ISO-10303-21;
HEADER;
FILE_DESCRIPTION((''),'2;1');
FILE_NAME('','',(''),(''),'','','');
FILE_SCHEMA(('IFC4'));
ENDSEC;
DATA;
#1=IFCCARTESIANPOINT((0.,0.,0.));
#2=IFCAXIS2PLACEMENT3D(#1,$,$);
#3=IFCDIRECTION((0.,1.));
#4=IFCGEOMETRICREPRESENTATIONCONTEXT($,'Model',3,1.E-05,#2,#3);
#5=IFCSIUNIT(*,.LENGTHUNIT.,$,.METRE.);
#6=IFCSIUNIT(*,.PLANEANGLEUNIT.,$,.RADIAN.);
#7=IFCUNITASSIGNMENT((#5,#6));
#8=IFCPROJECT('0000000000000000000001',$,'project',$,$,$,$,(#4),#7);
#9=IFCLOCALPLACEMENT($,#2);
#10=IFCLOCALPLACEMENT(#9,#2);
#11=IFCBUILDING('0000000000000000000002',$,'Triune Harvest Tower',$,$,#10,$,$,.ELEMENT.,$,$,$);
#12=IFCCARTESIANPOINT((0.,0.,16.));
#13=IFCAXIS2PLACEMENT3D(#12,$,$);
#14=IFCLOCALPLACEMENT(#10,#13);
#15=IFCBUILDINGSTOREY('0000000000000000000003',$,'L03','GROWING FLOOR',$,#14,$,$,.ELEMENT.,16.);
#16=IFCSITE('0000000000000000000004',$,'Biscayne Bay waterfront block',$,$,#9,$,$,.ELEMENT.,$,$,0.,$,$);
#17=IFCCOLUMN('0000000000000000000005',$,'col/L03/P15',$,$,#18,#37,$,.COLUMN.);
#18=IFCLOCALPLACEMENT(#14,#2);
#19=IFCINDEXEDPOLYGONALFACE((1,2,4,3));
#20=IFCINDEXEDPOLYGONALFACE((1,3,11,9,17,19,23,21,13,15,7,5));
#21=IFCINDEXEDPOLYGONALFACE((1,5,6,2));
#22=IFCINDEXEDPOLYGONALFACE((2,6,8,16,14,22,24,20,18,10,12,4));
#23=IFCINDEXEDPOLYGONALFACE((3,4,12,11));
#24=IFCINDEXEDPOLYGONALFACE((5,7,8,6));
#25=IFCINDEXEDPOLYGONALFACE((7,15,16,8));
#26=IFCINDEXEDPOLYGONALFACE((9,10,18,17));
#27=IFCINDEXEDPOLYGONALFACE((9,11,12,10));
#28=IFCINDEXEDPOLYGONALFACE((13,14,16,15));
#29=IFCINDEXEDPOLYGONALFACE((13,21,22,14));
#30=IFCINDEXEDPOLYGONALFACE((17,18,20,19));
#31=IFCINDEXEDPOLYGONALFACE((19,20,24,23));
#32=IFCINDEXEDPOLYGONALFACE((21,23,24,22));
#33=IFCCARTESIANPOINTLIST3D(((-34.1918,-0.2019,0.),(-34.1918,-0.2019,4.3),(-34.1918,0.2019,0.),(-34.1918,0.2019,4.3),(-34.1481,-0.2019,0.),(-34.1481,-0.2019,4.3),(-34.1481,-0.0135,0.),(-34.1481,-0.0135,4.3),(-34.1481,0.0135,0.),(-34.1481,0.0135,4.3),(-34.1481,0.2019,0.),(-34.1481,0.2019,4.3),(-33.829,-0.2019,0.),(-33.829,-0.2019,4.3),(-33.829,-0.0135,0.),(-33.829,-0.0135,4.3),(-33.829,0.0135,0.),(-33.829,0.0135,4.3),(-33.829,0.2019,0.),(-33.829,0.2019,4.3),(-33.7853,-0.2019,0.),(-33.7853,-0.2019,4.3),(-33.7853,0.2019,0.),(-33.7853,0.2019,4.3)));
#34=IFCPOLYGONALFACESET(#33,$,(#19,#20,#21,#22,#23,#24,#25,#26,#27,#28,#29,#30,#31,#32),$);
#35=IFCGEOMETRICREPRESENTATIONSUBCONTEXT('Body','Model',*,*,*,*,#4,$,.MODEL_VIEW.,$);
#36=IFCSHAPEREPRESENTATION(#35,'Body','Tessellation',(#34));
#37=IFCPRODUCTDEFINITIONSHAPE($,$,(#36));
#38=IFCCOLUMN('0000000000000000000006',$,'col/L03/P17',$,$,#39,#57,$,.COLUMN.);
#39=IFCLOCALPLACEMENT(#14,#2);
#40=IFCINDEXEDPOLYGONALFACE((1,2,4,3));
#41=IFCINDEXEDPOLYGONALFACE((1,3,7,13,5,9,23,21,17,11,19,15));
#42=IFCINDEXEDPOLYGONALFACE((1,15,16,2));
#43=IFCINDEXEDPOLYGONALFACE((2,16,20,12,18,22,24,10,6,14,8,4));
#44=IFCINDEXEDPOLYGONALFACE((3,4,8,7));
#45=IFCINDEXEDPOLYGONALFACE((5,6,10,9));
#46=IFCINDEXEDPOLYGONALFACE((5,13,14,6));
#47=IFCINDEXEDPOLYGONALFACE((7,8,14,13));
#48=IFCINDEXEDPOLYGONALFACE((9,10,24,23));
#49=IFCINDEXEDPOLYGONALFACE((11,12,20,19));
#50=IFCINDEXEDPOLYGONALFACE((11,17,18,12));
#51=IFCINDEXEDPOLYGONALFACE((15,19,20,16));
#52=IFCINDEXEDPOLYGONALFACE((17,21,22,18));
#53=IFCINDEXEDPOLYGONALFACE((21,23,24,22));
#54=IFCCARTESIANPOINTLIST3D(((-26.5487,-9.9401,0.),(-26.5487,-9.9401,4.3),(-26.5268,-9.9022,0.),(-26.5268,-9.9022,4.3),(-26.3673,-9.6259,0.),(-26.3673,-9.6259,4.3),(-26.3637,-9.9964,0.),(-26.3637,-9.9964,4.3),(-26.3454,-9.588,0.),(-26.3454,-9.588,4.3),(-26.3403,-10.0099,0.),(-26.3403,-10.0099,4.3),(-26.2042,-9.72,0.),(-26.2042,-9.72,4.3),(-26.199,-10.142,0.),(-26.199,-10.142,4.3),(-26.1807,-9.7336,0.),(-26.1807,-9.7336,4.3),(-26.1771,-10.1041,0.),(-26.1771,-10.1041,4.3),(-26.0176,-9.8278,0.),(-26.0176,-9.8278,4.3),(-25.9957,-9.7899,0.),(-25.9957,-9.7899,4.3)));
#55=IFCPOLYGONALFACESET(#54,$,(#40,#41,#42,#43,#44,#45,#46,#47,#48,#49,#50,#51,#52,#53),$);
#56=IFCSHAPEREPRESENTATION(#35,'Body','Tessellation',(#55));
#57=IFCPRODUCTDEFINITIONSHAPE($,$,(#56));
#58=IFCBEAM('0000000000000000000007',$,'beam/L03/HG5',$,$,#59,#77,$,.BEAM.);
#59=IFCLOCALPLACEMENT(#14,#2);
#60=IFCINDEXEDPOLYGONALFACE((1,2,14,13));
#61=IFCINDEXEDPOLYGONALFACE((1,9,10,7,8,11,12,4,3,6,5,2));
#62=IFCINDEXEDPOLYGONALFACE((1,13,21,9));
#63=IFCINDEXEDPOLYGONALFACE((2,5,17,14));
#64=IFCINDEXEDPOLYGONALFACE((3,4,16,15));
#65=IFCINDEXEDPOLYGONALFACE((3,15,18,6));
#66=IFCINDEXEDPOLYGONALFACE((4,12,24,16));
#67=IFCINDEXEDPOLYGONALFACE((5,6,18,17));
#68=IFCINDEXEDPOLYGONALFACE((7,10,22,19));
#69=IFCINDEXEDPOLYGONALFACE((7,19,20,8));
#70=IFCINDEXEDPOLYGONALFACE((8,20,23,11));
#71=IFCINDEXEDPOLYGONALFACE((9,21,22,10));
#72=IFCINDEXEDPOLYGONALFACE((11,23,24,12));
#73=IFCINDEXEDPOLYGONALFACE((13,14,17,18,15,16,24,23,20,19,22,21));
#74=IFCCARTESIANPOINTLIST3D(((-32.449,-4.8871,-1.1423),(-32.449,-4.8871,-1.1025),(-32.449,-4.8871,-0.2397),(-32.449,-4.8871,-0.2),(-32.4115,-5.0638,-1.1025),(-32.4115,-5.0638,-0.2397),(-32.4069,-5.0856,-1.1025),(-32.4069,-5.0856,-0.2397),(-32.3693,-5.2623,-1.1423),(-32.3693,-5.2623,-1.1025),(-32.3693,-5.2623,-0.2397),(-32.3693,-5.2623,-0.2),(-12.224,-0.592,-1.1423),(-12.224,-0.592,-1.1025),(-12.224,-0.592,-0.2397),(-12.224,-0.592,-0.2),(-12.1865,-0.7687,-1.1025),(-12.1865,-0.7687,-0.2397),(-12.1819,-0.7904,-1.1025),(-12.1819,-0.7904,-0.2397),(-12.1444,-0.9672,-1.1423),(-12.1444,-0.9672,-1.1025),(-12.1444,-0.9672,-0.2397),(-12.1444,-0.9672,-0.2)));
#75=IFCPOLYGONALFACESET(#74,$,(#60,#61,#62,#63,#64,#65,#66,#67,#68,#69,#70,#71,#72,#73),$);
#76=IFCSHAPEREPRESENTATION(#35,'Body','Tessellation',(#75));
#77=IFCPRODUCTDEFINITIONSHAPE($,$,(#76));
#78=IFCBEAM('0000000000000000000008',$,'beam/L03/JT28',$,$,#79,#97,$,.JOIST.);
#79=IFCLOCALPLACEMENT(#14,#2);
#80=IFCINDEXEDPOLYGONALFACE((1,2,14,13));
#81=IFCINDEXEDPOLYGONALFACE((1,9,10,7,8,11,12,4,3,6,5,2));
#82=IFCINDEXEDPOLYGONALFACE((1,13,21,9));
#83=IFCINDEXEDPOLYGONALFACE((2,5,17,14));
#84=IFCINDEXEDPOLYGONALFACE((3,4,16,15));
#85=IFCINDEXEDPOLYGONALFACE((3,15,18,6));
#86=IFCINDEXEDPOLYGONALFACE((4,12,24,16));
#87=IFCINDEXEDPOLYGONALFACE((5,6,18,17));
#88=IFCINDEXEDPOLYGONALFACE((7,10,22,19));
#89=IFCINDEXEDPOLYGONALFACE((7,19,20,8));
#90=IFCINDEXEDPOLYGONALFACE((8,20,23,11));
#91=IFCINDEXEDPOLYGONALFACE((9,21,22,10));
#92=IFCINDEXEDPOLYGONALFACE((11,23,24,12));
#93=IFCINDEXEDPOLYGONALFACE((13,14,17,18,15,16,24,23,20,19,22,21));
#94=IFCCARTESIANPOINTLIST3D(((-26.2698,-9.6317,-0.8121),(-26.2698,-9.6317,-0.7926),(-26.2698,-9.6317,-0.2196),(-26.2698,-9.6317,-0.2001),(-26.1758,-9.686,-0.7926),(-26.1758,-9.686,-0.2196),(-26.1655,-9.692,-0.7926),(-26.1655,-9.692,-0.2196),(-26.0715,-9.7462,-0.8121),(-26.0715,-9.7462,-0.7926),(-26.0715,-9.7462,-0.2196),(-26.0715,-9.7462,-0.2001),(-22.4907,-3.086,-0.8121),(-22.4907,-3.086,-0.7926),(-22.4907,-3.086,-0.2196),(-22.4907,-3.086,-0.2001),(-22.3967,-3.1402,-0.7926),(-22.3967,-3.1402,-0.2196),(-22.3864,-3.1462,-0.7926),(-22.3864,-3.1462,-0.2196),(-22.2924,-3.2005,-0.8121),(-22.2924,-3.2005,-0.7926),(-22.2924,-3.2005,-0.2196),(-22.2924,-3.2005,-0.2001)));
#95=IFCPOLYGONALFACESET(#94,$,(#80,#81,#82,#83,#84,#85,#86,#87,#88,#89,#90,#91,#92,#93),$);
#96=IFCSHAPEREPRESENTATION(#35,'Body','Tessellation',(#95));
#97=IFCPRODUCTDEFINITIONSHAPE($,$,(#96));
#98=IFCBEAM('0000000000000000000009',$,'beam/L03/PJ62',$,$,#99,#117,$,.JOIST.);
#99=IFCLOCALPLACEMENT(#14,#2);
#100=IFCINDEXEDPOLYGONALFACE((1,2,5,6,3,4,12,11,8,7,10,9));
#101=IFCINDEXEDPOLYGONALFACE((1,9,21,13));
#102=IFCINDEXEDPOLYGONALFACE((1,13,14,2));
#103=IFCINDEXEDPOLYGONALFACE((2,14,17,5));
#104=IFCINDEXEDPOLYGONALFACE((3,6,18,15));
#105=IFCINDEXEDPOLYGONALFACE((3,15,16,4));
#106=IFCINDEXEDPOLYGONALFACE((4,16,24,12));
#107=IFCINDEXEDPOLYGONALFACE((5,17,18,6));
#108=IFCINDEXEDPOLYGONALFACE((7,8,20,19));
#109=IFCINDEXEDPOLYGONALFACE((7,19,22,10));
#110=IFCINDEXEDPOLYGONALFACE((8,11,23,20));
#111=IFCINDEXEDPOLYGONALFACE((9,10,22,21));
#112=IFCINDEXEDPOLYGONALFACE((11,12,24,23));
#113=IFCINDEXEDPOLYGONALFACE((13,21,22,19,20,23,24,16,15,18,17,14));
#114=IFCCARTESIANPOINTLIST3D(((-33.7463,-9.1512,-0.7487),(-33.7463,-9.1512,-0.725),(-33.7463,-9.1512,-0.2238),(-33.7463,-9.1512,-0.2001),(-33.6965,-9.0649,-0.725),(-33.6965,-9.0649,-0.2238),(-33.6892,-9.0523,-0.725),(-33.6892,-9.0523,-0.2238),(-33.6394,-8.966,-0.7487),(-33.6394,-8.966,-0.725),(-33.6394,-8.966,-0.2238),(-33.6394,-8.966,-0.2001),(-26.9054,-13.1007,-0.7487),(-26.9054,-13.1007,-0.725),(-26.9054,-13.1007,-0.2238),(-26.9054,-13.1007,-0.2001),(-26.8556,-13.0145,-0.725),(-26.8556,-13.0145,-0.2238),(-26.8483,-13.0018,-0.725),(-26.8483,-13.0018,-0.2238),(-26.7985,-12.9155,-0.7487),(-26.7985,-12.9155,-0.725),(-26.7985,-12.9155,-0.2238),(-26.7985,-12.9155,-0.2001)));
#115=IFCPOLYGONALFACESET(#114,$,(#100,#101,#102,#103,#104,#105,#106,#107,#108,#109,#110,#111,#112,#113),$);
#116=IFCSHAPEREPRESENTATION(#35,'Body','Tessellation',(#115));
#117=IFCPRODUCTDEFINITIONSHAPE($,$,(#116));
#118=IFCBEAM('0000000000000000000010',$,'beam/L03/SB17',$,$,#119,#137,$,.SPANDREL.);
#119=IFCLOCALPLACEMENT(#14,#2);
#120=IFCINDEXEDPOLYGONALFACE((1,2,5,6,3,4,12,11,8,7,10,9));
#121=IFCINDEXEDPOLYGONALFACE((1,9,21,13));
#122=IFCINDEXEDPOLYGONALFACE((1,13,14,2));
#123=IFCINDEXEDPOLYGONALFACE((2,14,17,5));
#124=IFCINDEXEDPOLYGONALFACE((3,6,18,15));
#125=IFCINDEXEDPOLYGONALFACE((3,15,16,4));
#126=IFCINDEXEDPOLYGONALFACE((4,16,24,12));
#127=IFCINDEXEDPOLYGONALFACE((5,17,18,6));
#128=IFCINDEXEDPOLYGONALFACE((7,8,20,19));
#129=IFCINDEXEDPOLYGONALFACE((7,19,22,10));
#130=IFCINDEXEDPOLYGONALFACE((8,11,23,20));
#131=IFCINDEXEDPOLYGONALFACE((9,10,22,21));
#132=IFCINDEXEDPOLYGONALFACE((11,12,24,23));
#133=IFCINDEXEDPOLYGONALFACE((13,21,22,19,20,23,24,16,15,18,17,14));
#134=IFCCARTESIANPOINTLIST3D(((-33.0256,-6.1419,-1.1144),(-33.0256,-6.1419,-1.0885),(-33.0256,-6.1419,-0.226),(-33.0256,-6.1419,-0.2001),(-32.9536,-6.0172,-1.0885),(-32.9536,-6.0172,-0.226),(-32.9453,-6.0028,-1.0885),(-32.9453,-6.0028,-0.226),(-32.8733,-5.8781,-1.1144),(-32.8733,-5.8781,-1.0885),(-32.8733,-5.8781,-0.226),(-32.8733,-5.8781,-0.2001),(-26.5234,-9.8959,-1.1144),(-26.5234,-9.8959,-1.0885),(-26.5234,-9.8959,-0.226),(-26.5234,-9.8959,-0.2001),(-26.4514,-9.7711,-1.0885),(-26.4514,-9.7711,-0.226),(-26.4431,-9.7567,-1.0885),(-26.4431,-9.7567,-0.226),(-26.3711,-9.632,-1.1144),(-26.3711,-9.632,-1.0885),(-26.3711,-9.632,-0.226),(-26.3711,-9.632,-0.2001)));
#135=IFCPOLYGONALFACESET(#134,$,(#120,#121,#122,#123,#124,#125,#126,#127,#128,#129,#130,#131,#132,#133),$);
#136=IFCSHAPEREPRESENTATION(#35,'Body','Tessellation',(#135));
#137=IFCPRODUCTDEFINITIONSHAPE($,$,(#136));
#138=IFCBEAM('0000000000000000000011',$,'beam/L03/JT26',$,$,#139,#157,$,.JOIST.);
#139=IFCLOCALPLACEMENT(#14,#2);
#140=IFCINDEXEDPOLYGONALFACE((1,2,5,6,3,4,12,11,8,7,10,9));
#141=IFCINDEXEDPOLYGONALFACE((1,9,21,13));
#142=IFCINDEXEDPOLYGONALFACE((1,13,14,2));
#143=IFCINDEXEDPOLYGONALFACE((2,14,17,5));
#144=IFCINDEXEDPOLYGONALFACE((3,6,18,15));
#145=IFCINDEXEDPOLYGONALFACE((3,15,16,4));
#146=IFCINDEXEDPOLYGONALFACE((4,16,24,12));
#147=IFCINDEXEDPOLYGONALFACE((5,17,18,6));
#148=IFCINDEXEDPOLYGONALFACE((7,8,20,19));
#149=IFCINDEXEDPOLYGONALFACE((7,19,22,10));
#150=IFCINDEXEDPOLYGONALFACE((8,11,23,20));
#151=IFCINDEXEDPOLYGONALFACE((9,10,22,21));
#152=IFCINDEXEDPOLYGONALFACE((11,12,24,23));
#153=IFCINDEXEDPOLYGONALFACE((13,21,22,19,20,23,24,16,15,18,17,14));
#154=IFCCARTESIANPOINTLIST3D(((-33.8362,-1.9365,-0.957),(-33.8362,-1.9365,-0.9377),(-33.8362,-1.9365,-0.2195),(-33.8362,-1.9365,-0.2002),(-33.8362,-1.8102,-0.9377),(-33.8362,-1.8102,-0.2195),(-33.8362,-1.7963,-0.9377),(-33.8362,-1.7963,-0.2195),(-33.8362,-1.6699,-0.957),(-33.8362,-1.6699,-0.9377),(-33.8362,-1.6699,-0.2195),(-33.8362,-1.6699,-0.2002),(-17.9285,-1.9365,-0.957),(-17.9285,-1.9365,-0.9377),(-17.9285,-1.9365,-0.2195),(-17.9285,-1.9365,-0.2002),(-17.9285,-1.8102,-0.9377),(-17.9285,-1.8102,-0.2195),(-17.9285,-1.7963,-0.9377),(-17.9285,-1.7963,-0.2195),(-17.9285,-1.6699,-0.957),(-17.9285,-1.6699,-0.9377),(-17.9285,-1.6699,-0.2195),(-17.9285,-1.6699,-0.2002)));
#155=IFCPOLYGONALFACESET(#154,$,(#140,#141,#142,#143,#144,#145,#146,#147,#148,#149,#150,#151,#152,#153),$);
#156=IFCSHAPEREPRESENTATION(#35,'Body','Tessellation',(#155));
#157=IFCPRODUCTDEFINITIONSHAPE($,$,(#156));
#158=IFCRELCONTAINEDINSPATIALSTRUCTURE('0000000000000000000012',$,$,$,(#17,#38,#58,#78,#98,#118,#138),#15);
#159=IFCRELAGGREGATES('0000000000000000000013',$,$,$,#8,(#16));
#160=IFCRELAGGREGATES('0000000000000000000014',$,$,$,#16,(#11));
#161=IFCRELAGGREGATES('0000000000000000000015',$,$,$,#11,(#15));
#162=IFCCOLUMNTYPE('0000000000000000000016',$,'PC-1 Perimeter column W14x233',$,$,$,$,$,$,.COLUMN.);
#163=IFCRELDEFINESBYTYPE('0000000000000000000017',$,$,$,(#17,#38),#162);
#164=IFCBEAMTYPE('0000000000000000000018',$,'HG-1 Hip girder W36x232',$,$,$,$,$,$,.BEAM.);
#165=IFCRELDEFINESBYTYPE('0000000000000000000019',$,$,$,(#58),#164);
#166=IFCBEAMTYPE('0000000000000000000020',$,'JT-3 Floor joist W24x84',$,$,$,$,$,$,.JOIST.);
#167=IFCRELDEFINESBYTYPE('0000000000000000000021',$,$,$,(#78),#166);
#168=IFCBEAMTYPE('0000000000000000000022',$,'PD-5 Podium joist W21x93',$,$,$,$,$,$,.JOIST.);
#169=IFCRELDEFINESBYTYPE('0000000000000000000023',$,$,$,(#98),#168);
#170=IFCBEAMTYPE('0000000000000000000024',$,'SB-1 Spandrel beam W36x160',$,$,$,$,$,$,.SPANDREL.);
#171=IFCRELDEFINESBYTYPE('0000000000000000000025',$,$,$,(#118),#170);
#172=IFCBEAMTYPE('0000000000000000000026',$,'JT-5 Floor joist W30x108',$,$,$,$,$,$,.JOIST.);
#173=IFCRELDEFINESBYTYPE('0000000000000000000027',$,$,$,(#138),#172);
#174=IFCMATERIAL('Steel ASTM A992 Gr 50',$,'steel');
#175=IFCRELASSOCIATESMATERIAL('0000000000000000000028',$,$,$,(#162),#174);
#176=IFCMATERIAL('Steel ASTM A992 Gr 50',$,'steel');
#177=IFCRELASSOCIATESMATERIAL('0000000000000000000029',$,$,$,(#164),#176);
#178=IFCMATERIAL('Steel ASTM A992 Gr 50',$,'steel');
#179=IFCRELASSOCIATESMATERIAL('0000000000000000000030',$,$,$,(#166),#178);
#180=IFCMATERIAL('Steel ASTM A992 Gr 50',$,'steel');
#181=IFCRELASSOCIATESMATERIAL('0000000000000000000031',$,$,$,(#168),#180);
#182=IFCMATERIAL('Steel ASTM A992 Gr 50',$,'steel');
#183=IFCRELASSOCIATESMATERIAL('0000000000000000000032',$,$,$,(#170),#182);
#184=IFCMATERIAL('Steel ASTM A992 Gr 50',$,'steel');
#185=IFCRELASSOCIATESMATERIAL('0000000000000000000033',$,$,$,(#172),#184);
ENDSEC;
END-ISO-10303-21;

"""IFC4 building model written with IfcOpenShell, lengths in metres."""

from ifc_helpers import new_model, si_unit, direction, frame, origin, origin_2d, place, context, subcontext, project, spatial, i_section, extrude, source, transform, mapped, material, material_profile, profile_set, type_object, element, save


model = new_model("IFC4")

# Units and contexts
model_context = context("Model", 3, precision=1e-05, world=origin(), true_north=direction((0.0, 1.0)))
body_context = subcontext(model_context, "Body", "Model", "MODEL_VIEW")
ifc_project = project(units=[si_unit("LENGTHUNIT", "METRE"), si_unit("PLANEANGLEUNIT", "RADIAN")], contexts=[model_context])

# Site, building, storey
site_placement = place(None, origin())
site = spatial("IfcSite", under=ifc_project, at=site_placement, Name="Biscayne Bay waterfront block", CompositionType="ELEMENT", RefElevation=0.0)
building_placement = place(site_placement, origin())
building = spatial("IfcBuilding", under=site, at=building_placement, Name="Triune Harvest Tower", CompositionType="ELEMENT")
storey_placement = place(building_placement, frame((0.0, 0.0, 16.0)))
storey = spatial("IfcBuildingStorey", under=building, at=storey_placement, Name="L03", Description="GROWING FLOOR", CompositionType="ELEMENT", Elevation=16.0)

# Columns
ifc_material_1 = material(Name="Steel ASTM A992 Gr 50", Category="steel")
ifc_material_profile_1 = material_profile(ifc_material_1, i_section(OverallWidth=0.4038, OverallDepth=0.4065, WebThickness=0.0271, FlangeThickness=0.0437, at=origin_2d()), Name="W14x233")
ifc_profile_set_1 = profile_set([ifc_material_profile_1], Name="Steel ASTM A992 Gr 50")
column_type = type_object("IfcColumnType", Name="PC-1 Perimeter column W14x233", PredefinedType="COLUMN", material=ifc_profile_set_1)
shared_shape_1 = source(origin(), body_context, "Body", "SweptSolid", [
    extrude(i_section(OverallWidth=0.4038, OverallDepth=0.4065, WebThickness=0.0271, FlangeThickness=0.0437, at=origin_2d()), origin(), (0.0, 0.0, 1.0), 4.3),
])
for number, where, z_axis, x_axis, name in (
    (1, (-33.9885, 0.0, 0.0), (0.0, 0.0, 1.0), (0.0, -1.0, 0.0), "col/L03/P15"),
    (2, (-26.2722, -9.865, 0.0), (0.0, 0.0, 1.0), (0.866025, -0.5, 0.0), "col/L03/P17"),
):
    element("IfcColumn", number, at=place(storey_placement, frame(where, z_axis=z_axis, x_axis=x_axis)), inside=storey, type_object=column_type, Name=name, PredefinedType="COLUMN", context=body_context, shape_type="MappedRepresentation", body=[
        mapped(shared_shape_1, transform((0.0, 0.0, 0.0), scale=1.0)),
    ])

# Beams
ifc_material_2 = material(Name="Steel ASTM A992 Gr 50", Category="steel")
ifc_material_profile_2 = material_profile(ifc_material_2, i_section(OverallWidth=0.3835, OverallDepth=0.9424, WebThickness=0.0222, FlangeThickness=0.0398, at=origin_2d()), Name="W36x232")
ifc_profile_set_2 = profile_set([ifc_material_profile_2], Name="Steel ASTM A992 Gr 50")
beam_type_1 = type_object("IfcBeamType", Name="HG-1 Hip girder W36x232", PredefinedType="BEAM", material=ifc_profile_set_2)
shared_shape_2 = source(origin(), body_context, "Body", "SweptSolid", [
    extrude(i_section(OverallWidth=0.3835, OverallDepth=0.9424, WebThickness=0.0222, FlangeThickness=0.0398, at=origin_2d()), origin(), (0.0, 0.0, 1.0), 20.676),
])
beam_1_placement = place(storey_placement, frame((-32.4092, -5.0747, -0.6711), z_axis=(0.978185, 0.207735, 0.0), x_axis=(-0.207735, 0.978185, 0.0)))
element("IfcBeam", 3, at=beam_1_placement, inside=storey, type_object=beam_type_1, Name="beam/L03/HG5", PredefinedType="BEAM", context=body_context, shape_type="MappedRepresentation", body=[
    mapped(shared_shape_2, transform((0.0, 0.0, 0.0), scale=1.0)),
])
ifc_material_3 = material(Name="Steel ASTM A992 Gr 50", Category="steel")
ifc_material_profile_3 = material_profile(ifc_material_3, i_section(OverallWidth=0.229, OverallDepth=0.6121, WebThickness=0.012, FlangeThickness=0.0195, at=origin_2d()), Name="W24x84")
ifc_profile_set_3 = profile_set([ifc_material_profile_3], Name="Steel ASTM A992 Gr 50")
beam_type_2 = type_object("IfcBeamType", Name="JT-3 Floor joist W24x84", PredefinedType="JOIST", material=ifc_profile_set_3)
shared_shape_3 = source(origin(), body_context, "Body", "SweptSolid", [
    extrude(i_section(OverallWidth=0.229, OverallDepth=0.6121, WebThickness=0.012, FlangeThickness=0.0195, at=origin_2d()), origin(), (0.0, 0.0, 1.0), 7.5583),
])
beam_2_placement = place(storey_placement, frame((-26.1707, -9.689, -0.5061), z_axis=(0.499992, 0.86603, 0.0), x_axis=(-0.86603, 0.499992, 0.0)))
element("IfcBeam", 4, at=beam_2_placement, inside=storey, type_object=beam_type_2, Name="beam/L03/JT28", PredefinedType="JOIST", context=body_context, shape_type="MappedRepresentation", body=[
    mapped(shared_shape_3, transform((0.0, 0.0, 0.0), scale=1.0)),
])
ifc_material_4 = material(Name="Steel ASTM A992 Gr 50", Category="steel")
ifc_material_profile_4 = material_profile(ifc_material_4, i_section(OverallWidth=0.2139, OverallDepth=0.5486, WebThickness=0.0146, FlangeThickness=0.0237, at=origin_2d()), Name="W21x93")
ifc_profile_set_4 = profile_set([ifc_material_profile_4], Name="Steel ASTM A992 Gr 50")
beam_type_3 = type_object("IfcBeamType", Name="PD-5 Podium joist W21x93", PredefinedType="JOIST", material=ifc_profile_set_4)
shared_shape_4 = source(origin(), body_context, "Body", "SweptSolid", [
    extrude(i_section(OverallWidth=0.2139, OverallDepth=0.5486, WebThickness=0.0146, FlangeThickness=0.0237, at=origin_2d()), origin(), (0.0, 0.0, 1.0), 7.8992),
])
beam_3_placement = place(storey_placement, frame((-33.6929, -9.0586, -0.4744), z_axis=(0.86603, -0.499992, 0.0), x_axis=(0.499992, 0.86603, 0.0)))
element("IfcBeam", 5, at=beam_3_placement, inside=storey, type_object=beam_type_3, Name="beam/L03/PJ62", PredefinedType="JOIST", context=body_context, shape_type="MappedRepresentation", body=[
    mapped(shared_shape_4, transform((0.0, 0.0, 0.0), scale=1.0)),
])
ifc_material_5 = material(Name="Steel ASTM A992 Gr 50", Category="steel")
ifc_material_profile_5 = material_profile(ifc_material_5, i_section(OverallWidth=0.3047, OverallDepth=0.9143, WebThickness=0.0166, FlangeThickness=0.0259, at=origin_2d()), Name="W36x160")
ifc_profile_set_5 = profile_set([ifc_material_profile_5], Name="Steel ASTM A992 Gr 50")
beam_type_4 = type_object("IfcBeamType", Name="SB-1 Spandrel beam W36x160", PredefinedType="SPANDREL", material=ifc_profile_set_5)
shared_shape_5 = source(origin(), body_context, "Body", "SweptSolid", [
    extrude(i_section(OverallWidth=0.3047, OverallDepth=0.9143, WebThickness=0.0166, FlangeThickness=0.0259, at=origin_2d()), origin(), (0.0, 0.0, 1.0), 7.5081),
])
beam_4_placement = place(storey_placement, frame((-32.9495, -6.01, -0.6572), z_axis=(0.866033, -0.499986, 0.0), x_axis=(0.499986, 0.866033, 0.0)))
element("IfcBeam", 6, at=beam_4_placement, inside=storey, type_object=beam_type_4, Name="beam/L03/SB17", PredefinedType="SPANDREL", context=body_context, shape_type="MappedRepresentation", body=[
    mapped(shared_shape_5, transform((0.0, 0.0, 0.0), scale=1.0)),
])
ifc_material_6 = material(Name="Steel ASTM A992 Gr 50", Category="steel")
ifc_material_profile_6 = material_profile(ifc_material_6, i_section(OverallWidth=0.2666, OverallDepth=0.7568, WebThickness=0.0139, FlangeThickness=0.0193, at=origin_2d()), Name="W30x108")
ifc_profile_set_6 = profile_set([ifc_material_profile_6], Name="Steel ASTM A992 Gr 50")
beam_type_5 = type_object("IfcBeamType", Name="JT-5 Floor joist W30x108", PredefinedType="JOIST", material=ifc_profile_set_6)
shared_shape_6 = source(origin(), body_context, "Body", "SweptSolid", [
    extrude(i_section(OverallWidth=0.2666, OverallDepth=0.7568, WebThickness=0.0139, FlangeThickness=0.0193, at=origin_2d()), origin(), (0.0, 0.0, 1.0), 15.9077),
])
beam_5_placement = place(storey_placement, frame((-33.8362, -1.8032, -0.5786), z_axis=(1.0, 0.0, 0.0), x_axis=(0.0, 1.0, 0.0)))
element("IfcBeam", 7, at=beam_5_placement, inside=storey, type_object=beam_type_5, Name="beam/L03/JT26", PredefinedType="JOIST", context=body_context, shape_type="MappedRepresentation", body=[
    mapped(shared_shape_6, transform((0.0, 0.0, 0.0), scale=1.0)),
])

save(model, "model.ifc")
